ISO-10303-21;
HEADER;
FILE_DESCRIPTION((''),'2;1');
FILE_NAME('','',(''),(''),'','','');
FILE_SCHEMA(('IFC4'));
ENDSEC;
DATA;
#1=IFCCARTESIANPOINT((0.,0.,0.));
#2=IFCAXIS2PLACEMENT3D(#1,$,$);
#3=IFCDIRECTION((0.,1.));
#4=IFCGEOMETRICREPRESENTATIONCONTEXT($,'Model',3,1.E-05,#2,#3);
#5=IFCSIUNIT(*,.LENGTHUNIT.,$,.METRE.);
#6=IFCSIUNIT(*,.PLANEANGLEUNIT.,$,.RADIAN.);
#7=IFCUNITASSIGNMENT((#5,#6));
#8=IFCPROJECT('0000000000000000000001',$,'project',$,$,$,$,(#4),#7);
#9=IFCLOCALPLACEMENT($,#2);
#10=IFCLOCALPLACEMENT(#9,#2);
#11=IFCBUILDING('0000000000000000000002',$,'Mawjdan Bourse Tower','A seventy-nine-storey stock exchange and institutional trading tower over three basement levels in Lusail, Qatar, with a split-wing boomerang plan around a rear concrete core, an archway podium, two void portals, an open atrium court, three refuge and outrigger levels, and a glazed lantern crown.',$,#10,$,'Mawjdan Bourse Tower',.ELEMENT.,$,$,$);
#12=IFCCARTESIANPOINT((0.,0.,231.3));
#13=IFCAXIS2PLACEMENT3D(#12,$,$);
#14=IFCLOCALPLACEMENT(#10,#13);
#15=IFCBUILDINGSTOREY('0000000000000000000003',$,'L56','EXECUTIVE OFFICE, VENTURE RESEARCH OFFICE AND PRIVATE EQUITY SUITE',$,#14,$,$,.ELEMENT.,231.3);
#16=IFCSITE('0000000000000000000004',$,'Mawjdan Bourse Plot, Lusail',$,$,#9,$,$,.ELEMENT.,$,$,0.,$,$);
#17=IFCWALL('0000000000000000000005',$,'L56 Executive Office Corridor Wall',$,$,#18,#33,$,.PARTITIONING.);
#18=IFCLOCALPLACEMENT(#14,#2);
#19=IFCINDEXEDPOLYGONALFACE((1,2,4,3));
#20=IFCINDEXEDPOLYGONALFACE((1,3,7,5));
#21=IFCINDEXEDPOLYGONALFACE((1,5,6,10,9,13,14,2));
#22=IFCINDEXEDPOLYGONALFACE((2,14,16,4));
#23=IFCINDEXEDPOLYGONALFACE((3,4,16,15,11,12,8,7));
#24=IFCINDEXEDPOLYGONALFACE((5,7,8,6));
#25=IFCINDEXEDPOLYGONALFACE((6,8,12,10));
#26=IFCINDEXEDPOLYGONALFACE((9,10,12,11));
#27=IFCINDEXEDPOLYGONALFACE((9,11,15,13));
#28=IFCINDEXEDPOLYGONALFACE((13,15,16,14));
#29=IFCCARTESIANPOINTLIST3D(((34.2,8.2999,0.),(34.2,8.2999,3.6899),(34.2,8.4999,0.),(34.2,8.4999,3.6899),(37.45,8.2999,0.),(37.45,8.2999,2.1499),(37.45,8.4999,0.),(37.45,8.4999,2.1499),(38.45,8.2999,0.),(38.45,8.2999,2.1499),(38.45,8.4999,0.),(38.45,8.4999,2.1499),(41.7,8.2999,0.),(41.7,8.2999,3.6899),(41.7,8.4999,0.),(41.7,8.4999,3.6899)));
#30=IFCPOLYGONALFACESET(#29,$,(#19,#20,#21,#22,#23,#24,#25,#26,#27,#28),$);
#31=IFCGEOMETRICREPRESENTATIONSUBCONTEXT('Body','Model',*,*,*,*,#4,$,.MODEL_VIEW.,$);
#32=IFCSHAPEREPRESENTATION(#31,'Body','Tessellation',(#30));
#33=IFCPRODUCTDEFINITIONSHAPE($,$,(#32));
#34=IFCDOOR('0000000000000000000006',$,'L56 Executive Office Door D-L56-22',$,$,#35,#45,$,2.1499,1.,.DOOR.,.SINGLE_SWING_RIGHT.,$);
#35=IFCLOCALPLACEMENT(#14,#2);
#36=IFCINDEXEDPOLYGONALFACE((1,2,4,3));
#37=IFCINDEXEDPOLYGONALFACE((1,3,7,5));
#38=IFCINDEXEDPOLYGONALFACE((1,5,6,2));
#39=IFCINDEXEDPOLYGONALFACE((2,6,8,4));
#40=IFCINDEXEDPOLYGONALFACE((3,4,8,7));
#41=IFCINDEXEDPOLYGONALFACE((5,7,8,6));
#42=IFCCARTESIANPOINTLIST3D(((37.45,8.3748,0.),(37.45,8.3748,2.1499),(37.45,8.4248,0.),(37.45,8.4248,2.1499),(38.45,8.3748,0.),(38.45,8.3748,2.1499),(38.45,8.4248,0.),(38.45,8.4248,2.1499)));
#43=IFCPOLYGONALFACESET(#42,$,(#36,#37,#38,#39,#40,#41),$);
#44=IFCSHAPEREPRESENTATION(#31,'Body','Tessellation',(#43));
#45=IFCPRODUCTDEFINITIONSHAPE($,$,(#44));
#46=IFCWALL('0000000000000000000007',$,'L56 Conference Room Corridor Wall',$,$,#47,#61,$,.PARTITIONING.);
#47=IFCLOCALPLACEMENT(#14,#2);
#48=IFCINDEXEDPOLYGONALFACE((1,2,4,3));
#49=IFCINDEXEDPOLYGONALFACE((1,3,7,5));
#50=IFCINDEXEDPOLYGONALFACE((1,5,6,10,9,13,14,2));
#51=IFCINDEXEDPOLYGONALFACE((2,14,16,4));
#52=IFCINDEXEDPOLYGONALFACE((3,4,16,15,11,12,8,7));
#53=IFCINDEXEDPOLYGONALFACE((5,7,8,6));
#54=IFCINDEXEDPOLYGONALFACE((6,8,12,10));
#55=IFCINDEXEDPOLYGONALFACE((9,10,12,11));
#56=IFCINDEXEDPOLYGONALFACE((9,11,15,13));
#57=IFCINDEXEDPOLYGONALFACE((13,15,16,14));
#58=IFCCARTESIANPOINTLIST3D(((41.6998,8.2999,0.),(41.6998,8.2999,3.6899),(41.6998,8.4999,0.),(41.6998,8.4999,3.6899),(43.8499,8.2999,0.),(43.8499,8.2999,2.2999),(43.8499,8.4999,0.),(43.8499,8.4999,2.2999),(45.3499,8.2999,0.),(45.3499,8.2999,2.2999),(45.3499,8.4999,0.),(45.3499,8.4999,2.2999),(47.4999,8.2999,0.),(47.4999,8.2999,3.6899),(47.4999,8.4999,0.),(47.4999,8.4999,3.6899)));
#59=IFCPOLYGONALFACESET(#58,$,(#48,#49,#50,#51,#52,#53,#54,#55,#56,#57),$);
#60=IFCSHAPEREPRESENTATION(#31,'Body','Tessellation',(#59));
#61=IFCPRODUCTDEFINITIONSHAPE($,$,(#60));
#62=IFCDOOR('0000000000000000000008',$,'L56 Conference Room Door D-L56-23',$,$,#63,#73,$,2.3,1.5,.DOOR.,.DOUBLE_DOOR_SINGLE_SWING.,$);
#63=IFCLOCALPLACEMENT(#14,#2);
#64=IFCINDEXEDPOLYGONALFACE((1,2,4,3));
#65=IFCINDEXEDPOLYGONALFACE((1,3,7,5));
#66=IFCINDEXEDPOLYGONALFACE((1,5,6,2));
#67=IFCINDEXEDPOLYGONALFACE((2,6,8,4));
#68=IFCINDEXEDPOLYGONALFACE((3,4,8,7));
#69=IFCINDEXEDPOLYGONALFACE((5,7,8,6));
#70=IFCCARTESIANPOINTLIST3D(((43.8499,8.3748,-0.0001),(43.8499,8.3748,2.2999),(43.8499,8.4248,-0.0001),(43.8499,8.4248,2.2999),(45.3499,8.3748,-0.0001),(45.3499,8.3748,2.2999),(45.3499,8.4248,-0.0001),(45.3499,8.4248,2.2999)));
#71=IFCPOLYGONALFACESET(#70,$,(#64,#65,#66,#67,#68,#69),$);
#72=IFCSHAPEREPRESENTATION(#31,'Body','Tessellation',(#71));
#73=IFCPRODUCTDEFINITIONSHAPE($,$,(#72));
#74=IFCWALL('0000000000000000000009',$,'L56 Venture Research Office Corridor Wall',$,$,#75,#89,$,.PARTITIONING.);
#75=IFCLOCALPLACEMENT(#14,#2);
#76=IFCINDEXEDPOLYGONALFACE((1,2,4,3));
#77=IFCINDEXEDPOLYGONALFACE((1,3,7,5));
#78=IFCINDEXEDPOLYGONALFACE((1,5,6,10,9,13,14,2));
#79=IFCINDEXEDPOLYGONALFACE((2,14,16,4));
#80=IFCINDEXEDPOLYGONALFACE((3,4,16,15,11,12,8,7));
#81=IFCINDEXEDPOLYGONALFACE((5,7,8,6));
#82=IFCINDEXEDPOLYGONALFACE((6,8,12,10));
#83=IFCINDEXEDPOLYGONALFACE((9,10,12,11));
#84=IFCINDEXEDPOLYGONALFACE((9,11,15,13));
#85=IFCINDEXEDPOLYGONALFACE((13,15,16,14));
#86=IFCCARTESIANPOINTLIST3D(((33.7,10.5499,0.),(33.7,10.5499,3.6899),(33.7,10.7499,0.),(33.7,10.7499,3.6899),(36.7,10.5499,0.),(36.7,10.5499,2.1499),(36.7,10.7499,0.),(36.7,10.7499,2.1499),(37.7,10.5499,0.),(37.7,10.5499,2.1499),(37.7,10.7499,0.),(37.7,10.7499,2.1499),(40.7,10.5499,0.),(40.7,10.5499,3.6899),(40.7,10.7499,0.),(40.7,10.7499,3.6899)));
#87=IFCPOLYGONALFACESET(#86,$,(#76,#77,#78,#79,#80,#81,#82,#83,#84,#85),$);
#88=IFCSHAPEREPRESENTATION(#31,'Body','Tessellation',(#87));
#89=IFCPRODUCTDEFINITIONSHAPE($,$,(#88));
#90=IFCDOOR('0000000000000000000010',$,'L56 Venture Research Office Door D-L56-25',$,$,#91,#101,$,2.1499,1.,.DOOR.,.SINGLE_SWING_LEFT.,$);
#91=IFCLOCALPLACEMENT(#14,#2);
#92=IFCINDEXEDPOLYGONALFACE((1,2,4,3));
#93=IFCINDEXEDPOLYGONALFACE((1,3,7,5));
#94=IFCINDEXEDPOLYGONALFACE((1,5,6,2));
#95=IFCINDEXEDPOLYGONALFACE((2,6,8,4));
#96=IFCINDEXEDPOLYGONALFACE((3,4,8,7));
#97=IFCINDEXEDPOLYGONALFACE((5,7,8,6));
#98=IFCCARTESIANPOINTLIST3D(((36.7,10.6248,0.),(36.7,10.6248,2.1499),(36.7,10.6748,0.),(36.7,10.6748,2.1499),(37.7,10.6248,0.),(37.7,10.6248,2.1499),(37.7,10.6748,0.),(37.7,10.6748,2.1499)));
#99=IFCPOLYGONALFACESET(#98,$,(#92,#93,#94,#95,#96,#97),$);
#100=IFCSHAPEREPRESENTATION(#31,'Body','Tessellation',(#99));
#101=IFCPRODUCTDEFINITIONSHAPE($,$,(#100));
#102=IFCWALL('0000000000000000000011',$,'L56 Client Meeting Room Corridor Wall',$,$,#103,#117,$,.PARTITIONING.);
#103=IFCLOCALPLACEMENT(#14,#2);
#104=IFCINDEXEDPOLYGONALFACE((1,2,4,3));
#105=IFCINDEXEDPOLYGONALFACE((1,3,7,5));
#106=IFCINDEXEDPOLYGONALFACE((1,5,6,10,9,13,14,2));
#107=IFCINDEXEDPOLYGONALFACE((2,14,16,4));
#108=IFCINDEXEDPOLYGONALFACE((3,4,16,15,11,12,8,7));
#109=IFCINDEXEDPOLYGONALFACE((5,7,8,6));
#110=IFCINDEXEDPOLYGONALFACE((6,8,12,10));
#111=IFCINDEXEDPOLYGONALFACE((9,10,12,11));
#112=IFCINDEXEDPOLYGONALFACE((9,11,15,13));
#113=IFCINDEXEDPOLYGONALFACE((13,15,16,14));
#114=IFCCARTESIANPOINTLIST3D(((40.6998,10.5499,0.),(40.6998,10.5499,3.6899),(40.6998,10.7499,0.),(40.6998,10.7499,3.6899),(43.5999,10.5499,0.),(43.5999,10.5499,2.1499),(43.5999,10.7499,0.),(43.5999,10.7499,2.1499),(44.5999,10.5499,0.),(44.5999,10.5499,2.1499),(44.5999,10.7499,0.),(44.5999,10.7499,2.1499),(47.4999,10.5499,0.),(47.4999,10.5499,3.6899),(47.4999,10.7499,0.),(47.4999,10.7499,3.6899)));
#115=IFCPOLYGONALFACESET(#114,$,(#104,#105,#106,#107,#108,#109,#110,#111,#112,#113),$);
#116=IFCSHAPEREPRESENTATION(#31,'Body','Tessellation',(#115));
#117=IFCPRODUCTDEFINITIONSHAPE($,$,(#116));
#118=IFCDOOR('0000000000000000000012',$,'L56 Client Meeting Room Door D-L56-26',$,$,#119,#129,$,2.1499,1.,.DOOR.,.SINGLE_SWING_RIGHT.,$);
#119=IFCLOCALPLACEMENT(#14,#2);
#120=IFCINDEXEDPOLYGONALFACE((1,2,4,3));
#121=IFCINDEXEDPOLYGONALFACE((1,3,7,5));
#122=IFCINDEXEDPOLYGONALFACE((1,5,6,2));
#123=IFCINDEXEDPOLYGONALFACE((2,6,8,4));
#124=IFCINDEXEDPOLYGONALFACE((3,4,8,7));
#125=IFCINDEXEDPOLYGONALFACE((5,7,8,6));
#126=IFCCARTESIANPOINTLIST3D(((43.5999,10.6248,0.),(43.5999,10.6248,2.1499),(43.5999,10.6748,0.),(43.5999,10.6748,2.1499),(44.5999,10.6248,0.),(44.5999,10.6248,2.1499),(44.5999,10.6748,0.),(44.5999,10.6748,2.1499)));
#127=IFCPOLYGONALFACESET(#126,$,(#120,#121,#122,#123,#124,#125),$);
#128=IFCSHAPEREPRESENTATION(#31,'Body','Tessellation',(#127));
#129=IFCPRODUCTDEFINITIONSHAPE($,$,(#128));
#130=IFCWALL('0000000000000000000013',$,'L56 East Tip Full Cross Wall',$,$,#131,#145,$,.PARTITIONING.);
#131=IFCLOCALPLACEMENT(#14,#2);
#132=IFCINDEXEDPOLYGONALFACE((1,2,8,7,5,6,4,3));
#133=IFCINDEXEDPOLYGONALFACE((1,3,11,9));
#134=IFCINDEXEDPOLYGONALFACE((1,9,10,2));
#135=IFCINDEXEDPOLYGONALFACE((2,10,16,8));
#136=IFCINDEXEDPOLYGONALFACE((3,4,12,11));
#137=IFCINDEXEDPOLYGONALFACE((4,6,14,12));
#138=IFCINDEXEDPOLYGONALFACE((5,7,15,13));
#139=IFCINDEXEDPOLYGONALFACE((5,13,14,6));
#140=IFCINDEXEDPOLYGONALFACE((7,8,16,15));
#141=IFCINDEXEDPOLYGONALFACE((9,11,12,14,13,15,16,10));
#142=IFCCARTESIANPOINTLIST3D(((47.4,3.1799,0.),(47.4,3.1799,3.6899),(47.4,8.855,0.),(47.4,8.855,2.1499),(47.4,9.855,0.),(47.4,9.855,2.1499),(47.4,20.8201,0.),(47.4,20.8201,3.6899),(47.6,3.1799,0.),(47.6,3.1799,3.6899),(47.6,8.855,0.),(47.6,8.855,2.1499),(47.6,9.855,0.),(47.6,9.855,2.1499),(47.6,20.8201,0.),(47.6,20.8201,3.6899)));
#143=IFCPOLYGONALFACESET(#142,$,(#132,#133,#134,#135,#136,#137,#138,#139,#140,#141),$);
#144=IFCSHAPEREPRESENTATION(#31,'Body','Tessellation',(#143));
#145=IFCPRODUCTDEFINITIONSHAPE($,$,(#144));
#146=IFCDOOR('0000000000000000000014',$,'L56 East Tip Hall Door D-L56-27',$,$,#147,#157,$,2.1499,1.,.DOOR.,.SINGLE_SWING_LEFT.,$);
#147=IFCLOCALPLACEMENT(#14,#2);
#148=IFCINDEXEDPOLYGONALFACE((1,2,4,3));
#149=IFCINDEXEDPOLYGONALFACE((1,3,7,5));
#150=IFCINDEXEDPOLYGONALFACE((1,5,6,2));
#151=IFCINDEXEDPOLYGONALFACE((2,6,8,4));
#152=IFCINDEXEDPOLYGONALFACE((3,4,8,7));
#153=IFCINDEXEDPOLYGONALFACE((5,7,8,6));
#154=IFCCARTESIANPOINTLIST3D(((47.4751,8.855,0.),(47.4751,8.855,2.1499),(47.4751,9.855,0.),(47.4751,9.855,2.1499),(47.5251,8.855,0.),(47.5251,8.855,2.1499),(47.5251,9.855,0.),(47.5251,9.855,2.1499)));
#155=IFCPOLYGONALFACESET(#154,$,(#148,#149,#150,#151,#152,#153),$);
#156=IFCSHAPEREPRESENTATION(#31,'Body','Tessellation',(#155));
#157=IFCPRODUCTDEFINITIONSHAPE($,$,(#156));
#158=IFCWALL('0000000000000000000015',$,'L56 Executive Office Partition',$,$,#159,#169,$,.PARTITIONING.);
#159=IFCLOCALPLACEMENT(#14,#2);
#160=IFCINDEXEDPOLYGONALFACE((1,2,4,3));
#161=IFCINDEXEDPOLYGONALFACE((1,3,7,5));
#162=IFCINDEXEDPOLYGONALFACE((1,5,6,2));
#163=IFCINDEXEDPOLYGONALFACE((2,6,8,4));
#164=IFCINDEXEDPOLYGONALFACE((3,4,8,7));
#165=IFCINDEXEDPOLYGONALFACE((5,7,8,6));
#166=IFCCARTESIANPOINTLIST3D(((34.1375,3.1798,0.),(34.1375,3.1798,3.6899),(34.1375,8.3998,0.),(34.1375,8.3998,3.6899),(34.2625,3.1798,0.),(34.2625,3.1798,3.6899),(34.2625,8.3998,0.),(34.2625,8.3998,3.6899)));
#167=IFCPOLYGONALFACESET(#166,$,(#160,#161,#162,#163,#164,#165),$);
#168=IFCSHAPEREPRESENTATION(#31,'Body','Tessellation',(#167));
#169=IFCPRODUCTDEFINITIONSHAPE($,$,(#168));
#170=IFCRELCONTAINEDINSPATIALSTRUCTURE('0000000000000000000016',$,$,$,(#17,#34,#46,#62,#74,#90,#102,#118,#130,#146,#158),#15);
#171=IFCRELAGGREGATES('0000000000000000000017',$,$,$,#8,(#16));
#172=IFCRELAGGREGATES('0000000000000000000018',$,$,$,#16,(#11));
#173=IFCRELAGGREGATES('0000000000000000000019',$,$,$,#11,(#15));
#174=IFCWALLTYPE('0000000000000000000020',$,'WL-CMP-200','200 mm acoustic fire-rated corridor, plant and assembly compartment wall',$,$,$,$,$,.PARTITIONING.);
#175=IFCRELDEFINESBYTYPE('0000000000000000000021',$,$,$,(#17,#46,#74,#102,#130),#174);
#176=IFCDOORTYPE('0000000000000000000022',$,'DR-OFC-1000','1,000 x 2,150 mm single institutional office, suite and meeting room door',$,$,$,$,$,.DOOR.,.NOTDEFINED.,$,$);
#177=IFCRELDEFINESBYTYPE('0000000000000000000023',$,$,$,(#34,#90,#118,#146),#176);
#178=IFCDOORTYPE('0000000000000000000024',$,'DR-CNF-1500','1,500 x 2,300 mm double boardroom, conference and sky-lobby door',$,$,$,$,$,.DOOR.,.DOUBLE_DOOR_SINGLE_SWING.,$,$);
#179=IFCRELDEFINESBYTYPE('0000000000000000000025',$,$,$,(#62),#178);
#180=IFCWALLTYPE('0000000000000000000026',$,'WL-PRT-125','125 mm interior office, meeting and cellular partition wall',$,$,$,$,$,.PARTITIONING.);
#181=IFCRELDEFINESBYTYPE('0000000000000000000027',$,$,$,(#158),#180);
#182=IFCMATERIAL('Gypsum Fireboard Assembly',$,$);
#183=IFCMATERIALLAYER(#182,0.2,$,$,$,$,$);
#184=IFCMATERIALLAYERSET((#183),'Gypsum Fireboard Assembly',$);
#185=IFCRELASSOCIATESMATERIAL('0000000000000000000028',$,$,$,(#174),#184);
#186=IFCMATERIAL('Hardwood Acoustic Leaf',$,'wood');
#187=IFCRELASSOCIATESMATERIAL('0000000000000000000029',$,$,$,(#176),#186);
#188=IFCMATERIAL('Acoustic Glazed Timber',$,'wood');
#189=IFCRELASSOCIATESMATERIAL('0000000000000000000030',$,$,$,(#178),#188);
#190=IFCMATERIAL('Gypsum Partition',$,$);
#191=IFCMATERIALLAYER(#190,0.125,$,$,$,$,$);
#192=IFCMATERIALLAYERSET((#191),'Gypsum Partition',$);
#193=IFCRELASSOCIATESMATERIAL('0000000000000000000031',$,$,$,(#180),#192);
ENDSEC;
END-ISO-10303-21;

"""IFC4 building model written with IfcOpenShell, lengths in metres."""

from ifc_helpers import new_model, si_unit, direction, frame, frame_2d, origin, place, context, subcontext, project, spatial, rectangle, extrude, material, layer, layer_set, type_object, element, fill, save


model = new_model("IFC4")

# Units and contexts
model_context = context("Model", 3, precision=1e-05, world=origin(), true_north=direction((0.0, 1.0)))
body_context = subcontext(model_context, "Body", "Model", "MODEL_VIEW")
ifc_project = project(units=[si_unit("LENGTHUNIT", "METRE"), si_unit("PLANEANGLEUNIT", "RADIAN")], contexts=[model_context])

# Site, building, storey
site_placement = place(None, origin())
site = spatial("IfcSite", under=ifc_project, at=site_placement, Name="Mawjdan Bourse Plot, Lusail", CompositionType="ELEMENT", RefElevation=0.0)
building_placement = place(site_placement, origin())
building = spatial("IfcBuilding", under=site, at=building_placement, Name="Mawjdan Bourse Tower", Description="A seventy-nine-storey stock exchange and institutional trading tower over three basement levels in Lusail, Qatar, with a split-wing boomerang plan around a rear concrete core, an archway podium, two void portals, an open atrium court, three refuge and outrigger levels, and a glazed lantern crown.", LongName="Mawjdan Bourse Tower", CompositionType="ELEMENT")
storey_placement = place(building_placement, frame((0.0, 0.0, 231.3)))
storey = spatial("IfcBuildingStorey", under=building, at=storey_placement, Name="L56", Description="EXECUTIVE OFFICE, VENTURE RESEARCH OFFICE AND PRIVATE EQUITY SUITE", CompositionType="ELEMENT", Elevation=231.3)

# Walls, openings, doors
ifc_material_1 = material(Name="Gypsum Fireboard Assembly")
ifc_layer_1 = layer(ifc_material_1, 0.2)
ifc_layer_set_1 = layer_set([ifc_layer_1], Name="Gypsum Fireboard Assembly")
wall_type_1 = type_object("IfcWallType", Name="WL-CMP-200", Description="200 mm acoustic fire-rated corridor, plant and assembly compartment wall", PredefinedType="PARTITIONING", material=ifc_layer_set_1)
wall_1_placement = place(storey_placement, frame((34.2, 8.3999, 0.0), z_axis=(0.0, 0.0, 1.0), x_axis=(1.0, 0.0, 0.0)))
wall_1 = element("IfcWall", 1, at=wall_1_placement, inside=storey, type_object=wall_type_1, Name="L56 Executive Office Corridor Wall", PredefinedType="PARTITIONING", context=body_context, shape_type="SweptSolid", body=[
    extrude(rectangle(XDim=7.5, YDim=0.2, at=frame_2d((3.75, 0.0))), origin(), (0.0, 0.0, 1.0), 3.6899),
])
opening_1_placement = place(wall_1_placement, frame((3.25, 0.0, 0.0)))
opening_1 = element("IfcOpeningElement", 2, at=opening_1_placement, cuts=wall_1, PredefinedType="OPENING", context=body_context, shape_type="SweptSolid", body=[
    extrude(rectangle(XDim=1.0, YDim=2.1499, at=frame_2d((0.5, 1.075))), frame((0.0, 0.1099, 0.0), z_axis=(0.0, -1.0, 0.0), x_axis=(1.0, 0.0, 0.0)), (0.0, 0.0, 1.0), 0.22),
])
ifc_material_2 = material(Name="Hardwood Acoustic Leaf", Category="wood")
door_type_1 = type_object("IfcDoorType", Name="DR-OFC-1000", Description="1,000 x 2,150 mm single institutional office, suite and meeting room door", OperationType="NOTDEFINED", PredefinedType="DOOR", material=ifc_material_2)
door_1_placement = place(opening_1_placement, origin())
door_1 = element("IfcDoor", 3, at=door_1_placement, inside=storey, type_object=door_type_1, Name="L56 Executive Office Door D-L56-22", OperationType="SINGLE_SWING_RIGHT", OverallHeight=2.1499, OverallWidth=1.0, PredefinedType="DOOR", context=body_context, shape_type="SweptSolid", body=[
    extrude(rectangle(XDim=1.0, YDim=2.1499, at=frame_2d((0.5, 1.075))), frame((0.0, 0.0249, 0.0), z_axis=(0.0, -1.0, 0.0), x_axis=(1.0, 0.0, 0.0)), (0.0, 0.0, 1.0), 0.05),
])
fill(opening_1, door_1)
wall_2_placement = place(storey_placement, frame((41.7, 8.3999, 0.0), z_axis=(0.0, 0.0, 1.0), x_axis=(1.0, 0.0, 0.0)))
wall_2 = element("IfcWall", 4, at=wall_2_placement, inside=storey, type_object=wall_type_1, Name="L56 Conference Room Corridor Wall", PredefinedType="PARTITIONING", context=body_context, shape_type="SweptSolid", body=[
    extrude(rectangle(XDim=5.8, YDim=0.2, at=frame_2d((2.8999, 0.0))), origin(), (0.0, 0.0, 1.0), 3.6899),
])
opening_2_placement = place(wall_2_placement, frame((2.1499, 0.0, 0.0)))
opening_2 = element("IfcOpeningElement", 5, at=opening_2_placement, cuts=wall_2, PredefinedType="OPENING", context=body_context, shape_type="SweptSolid", body=[
    extrude(rectangle(XDim=1.5, YDim=2.3, at=frame_2d((0.75, 1.1499))), frame((0.0, 0.1099, 0.0), z_axis=(0.0, -1.0, 0.0), x_axis=(1.0, 0.0, 0.0)), (0.0, 0.0, 1.0), 0.22),
])
ifc_material_3 = material(Name="Acoustic Glazed Timber", Category="wood")
door_type_2 = type_object("IfcDoorType", Name="DR-CNF-1500", Description="1,500 x 2,300 mm double boardroom, conference and sky-lobby door", OperationType="DOUBLE_DOOR_SINGLE_SWING", PredefinedType="DOOR", material=ifc_material_3)
door_2_placement = place(opening_2_placement, origin())
door_2 = element("IfcDoor", 6, at=door_2_placement, inside=storey, type_object=door_type_2, Name="L56 Conference Room Door D-L56-23", OperationType="DOUBLE_DOOR_SINGLE_SWING", OverallHeight=2.3, OverallWidth=1.5, PredefinedType="DOOR", context=body_context, shape_type="SweptSolid", body=[
    extrude(rectangle(XDim=1.5, YDim=2.3, at=frame_2d((0.75, 1.1499))), frame((0.0, 0.0249, 0.0), z_axis=(0.0, -1.0, 0.0), x_axis=(1.0, 0.0, 0.0)), (0.0, 0.0, 1.0), 0.05),
])
fill(opening_2, door_2)
wall_3_placement = place(storey_placement, frame((33.7, 10.6499, 0.0), z_axis=(0.0, 0.0, 1.0), x_axis=(1.0, 0.0, 0.0)))
wall_3 = element("IfcWall", 7, at=wall_3_placement, inside=storey, type_object=wall_type_1, Name="L56 Venture Research Office Corridor Wall", PredefinedType="PARTITIONING", context=body_context, shape_type="SweptSolid", body=[
    extrude(rectangle(XDim=7.0, YDim=0.2, at=frame_2d((3.5, 0.0))), origin(), (0.0, 0.0, 1.0), 3.6899),
])
opening_3_placement = place(wall_3_placement, frame((3.0, 0.0, 0.0)))
opening_3 = element("IfcOpeningElement", 8, at=opening_3_placement, cuts=wall_3, PredefinedType="OPENING", context=body_context, shape_type="SweptSolid", body=[
    extrude(rectangle(XDim=1.0, YDim=2.1499, at=frame_2d((0.5, 1.075))), frame((0.0, 0.1099, 0.0), z_axis=(0.0, -1.0, 0.0), x_axis=(1.0, 0.0, 0.0)), (0.0, 0.0, 1.0), 0.22),
])
door_3_placement = place(opening_3_placement, origin())
door_3 = element("IfcDoor", 9, at=door_3_placement, inside=storey, type_object=door_type_1, Name="L56 Venture Research Office Door D-L56-25", OperationType="SINGLE_SWING_LEFT", OverallHeight=2.1499, OverallWidth=1.0, PredefinedType="DOOR", context=body_context, shape_type="SweptSolid", body=[
    extrude(rectangle(XDim=1.0, YDim=2.1499, at=frame_2d((0.5, 1.075))), frame((0.0, 0.0249, 0.0), z_axis=(0.0, -1.0, 0.0), x_axis=(1.0, 0.0, 0.0)), (0.0, 0.0, 1.0), 0.05),
])
fill(opening_3, door_3)
wall_4_placement = place(storey_placement, frame((40.7, 10.6499, 0.0), z_axis=(0.0, 0.0, 1.0), x_axis=(1.0, 0.0, 0.0)))
wall_4 = element("IfcWall", 10, at=wall_4_placement, inside=storey, type_object=wall_type_1, Name="L56 Client Meeting Room Corridor Wall", PredefinedType="PARTITIONING", context=body_context, shape_type="SweptSolid", body=[
    extrude(rectangle(XDim=6.8, YDim=0.2, at=frame_2d((3.3999, 0.0))), origin(), (0.0, 0.0, 1.0), 3.6899),
])
opening_4_placement = place(wall_4_placement, frame((2.8999, 0.0, 0.0)))
opening_4 = element("IfcOpeningElement", 11, at=opening_4_placement, cuts=wall_4, PredefinedType="OPENING", context=body_context, shape_type="SweptSolid", body=[
    extrude(rectangle(XDim=1.0, YDim=2.1499, at=frame_2d((0.5, 1.075))), frame((0.0, 0.1099, 0.0), z_axis=(0.0, -1.0, 0.0), x_axis=(1.0, 0.0, 0.0)), (0.0, 0.0, 1.0), 0.22),
])
door_4_placement = place(opening_4_placement, origin())
door_4 = element("IfcDoor", 12, at=door_4_placement, inside=storey, type_object=door_type_1, Name="L56 Client Meeting Room Door D-L56-26", OperationType="SINGLE_SWING_RIGHT", OverallHeight=2.1499, OverallWidth=1.0, PredefinedType="DOOR", context=body_context, shape_type="SweptSolid", body=[
    extrude(rectangle(XDim=1.0, YDim=2.1499, at=frame_2d((0.5, 1.075))), frame((0.0, 0.0249, 0.0), z_axis=(0.0, -1.0, 0.0), x_axis=(1.0, 0.0, 0.0)), (0.0, 0.0, 1.0), 0.05),
])
fill(opening_4, door_4)
wall_5_placement = place(storey_placement, frame((47.5, 3.1799, 0.0), z_axis=(0.0, 0.0, 1.0), x_axis=(0.0, 1.0, 0.0)))
wall_5 = element("IfcWall", 13, at=wall_5_placement, inside=storey, type_object=wall_type_1, Name="L56 East Tip Full Cross Wall", PredefinedType="PARTITIONING", context=body_context, shape_type="SweptSolid", body=[
    extrude(rectangle(XDim=17.6401, YDim=0.2, at=frame_2d((8.8201, 0.0))), origin(), (0.0, 0.0, 1.0), 3.6899),
])
opening_5_placement = place(wall_5_placement, frame((5.675, 0.0, 0.0)))
opening_5 = element("IfcOpeningElement", 14, at=opening_5_placement, cuts=wall_5, PredefinedType="OPENING", context=body_context, shape_type="SweptSolid", body=[
    extrude(rectangle(XDim=1.0, YDim=2.1499, at=frame_2d((0.5, 1.075))), frame((0.0, 0.1099, 0.0), z_axis=(0.0, -1.0, 0.0), x_axis=(1.0, 0.0, 0.0)), (0.0, 0.0, 1.0), 0.22),
])
door_5_placement = place(opening_5_placement, origin())
door_5 = element("IfcDoor", 15, at=door_5_placement, inside=storey, type_object=door_type_1, Name="L56 East Tip Hall Door D-L56-27", OperationType="SINGLE_SWING_LEFT", OverallHeight=2.1499, OverallWidth=1.0, PredefinedType="DOOR", context=body_context, shape_type="SweptSolid", body=[
    extrude(rectangle(XDim=1.0, YDim=2.1499, at=frame_2d((0.5, 1.075))), frame((0.0, 0.0249, 0.0), z_axis=(0.0, -1.0, 0.0), x_axis=(1.0, 0.0, 0.0)), (0.0, 0.0, 1.0), 0.05),
])
fill(opening_5, door_5)

# Wall
ifc_material_4 = material(Name="Gypsum Partition")
ifc_layer_2 = layer(ifc_material_4, 0.125)
ifc_layer_set_2 = layer_set([ifc_layer_2], Name="Gypsum Partition")
wall_type_2 = type_object("IfcWallType", Name="WL-PRT-125", Description="125 mm interior office, meeting and cellular partition wall", PredefinedType="PARTITIONING", material=ifc_layer_set_2)
for number, where, z_axis, x_axis, name in (
    (16, (34.2, 3.1799, 0.0), (0.0, 0.0, 1.0), (0.0, 1.0, 0.0), "L56 Executive Office Partition"),
):
    element("IfcWall", number, at=place(storey_placement, frame(where, z_axis=z_axis, x_axis=x_axis)), inside=storey, type_object=wall_type_2, Name=name, PredefinedType="PARTITIONING", context=body_context, shape_type="SweptSolid", body=[
        extrude(rectangle(XDim=5.22, YDim=0.125, at=frame_2d((2.6099, 0.0))), origin(), (0.0, 0.0, 1.0), 3.6899),
    ])

save(model, "model.ifc")
